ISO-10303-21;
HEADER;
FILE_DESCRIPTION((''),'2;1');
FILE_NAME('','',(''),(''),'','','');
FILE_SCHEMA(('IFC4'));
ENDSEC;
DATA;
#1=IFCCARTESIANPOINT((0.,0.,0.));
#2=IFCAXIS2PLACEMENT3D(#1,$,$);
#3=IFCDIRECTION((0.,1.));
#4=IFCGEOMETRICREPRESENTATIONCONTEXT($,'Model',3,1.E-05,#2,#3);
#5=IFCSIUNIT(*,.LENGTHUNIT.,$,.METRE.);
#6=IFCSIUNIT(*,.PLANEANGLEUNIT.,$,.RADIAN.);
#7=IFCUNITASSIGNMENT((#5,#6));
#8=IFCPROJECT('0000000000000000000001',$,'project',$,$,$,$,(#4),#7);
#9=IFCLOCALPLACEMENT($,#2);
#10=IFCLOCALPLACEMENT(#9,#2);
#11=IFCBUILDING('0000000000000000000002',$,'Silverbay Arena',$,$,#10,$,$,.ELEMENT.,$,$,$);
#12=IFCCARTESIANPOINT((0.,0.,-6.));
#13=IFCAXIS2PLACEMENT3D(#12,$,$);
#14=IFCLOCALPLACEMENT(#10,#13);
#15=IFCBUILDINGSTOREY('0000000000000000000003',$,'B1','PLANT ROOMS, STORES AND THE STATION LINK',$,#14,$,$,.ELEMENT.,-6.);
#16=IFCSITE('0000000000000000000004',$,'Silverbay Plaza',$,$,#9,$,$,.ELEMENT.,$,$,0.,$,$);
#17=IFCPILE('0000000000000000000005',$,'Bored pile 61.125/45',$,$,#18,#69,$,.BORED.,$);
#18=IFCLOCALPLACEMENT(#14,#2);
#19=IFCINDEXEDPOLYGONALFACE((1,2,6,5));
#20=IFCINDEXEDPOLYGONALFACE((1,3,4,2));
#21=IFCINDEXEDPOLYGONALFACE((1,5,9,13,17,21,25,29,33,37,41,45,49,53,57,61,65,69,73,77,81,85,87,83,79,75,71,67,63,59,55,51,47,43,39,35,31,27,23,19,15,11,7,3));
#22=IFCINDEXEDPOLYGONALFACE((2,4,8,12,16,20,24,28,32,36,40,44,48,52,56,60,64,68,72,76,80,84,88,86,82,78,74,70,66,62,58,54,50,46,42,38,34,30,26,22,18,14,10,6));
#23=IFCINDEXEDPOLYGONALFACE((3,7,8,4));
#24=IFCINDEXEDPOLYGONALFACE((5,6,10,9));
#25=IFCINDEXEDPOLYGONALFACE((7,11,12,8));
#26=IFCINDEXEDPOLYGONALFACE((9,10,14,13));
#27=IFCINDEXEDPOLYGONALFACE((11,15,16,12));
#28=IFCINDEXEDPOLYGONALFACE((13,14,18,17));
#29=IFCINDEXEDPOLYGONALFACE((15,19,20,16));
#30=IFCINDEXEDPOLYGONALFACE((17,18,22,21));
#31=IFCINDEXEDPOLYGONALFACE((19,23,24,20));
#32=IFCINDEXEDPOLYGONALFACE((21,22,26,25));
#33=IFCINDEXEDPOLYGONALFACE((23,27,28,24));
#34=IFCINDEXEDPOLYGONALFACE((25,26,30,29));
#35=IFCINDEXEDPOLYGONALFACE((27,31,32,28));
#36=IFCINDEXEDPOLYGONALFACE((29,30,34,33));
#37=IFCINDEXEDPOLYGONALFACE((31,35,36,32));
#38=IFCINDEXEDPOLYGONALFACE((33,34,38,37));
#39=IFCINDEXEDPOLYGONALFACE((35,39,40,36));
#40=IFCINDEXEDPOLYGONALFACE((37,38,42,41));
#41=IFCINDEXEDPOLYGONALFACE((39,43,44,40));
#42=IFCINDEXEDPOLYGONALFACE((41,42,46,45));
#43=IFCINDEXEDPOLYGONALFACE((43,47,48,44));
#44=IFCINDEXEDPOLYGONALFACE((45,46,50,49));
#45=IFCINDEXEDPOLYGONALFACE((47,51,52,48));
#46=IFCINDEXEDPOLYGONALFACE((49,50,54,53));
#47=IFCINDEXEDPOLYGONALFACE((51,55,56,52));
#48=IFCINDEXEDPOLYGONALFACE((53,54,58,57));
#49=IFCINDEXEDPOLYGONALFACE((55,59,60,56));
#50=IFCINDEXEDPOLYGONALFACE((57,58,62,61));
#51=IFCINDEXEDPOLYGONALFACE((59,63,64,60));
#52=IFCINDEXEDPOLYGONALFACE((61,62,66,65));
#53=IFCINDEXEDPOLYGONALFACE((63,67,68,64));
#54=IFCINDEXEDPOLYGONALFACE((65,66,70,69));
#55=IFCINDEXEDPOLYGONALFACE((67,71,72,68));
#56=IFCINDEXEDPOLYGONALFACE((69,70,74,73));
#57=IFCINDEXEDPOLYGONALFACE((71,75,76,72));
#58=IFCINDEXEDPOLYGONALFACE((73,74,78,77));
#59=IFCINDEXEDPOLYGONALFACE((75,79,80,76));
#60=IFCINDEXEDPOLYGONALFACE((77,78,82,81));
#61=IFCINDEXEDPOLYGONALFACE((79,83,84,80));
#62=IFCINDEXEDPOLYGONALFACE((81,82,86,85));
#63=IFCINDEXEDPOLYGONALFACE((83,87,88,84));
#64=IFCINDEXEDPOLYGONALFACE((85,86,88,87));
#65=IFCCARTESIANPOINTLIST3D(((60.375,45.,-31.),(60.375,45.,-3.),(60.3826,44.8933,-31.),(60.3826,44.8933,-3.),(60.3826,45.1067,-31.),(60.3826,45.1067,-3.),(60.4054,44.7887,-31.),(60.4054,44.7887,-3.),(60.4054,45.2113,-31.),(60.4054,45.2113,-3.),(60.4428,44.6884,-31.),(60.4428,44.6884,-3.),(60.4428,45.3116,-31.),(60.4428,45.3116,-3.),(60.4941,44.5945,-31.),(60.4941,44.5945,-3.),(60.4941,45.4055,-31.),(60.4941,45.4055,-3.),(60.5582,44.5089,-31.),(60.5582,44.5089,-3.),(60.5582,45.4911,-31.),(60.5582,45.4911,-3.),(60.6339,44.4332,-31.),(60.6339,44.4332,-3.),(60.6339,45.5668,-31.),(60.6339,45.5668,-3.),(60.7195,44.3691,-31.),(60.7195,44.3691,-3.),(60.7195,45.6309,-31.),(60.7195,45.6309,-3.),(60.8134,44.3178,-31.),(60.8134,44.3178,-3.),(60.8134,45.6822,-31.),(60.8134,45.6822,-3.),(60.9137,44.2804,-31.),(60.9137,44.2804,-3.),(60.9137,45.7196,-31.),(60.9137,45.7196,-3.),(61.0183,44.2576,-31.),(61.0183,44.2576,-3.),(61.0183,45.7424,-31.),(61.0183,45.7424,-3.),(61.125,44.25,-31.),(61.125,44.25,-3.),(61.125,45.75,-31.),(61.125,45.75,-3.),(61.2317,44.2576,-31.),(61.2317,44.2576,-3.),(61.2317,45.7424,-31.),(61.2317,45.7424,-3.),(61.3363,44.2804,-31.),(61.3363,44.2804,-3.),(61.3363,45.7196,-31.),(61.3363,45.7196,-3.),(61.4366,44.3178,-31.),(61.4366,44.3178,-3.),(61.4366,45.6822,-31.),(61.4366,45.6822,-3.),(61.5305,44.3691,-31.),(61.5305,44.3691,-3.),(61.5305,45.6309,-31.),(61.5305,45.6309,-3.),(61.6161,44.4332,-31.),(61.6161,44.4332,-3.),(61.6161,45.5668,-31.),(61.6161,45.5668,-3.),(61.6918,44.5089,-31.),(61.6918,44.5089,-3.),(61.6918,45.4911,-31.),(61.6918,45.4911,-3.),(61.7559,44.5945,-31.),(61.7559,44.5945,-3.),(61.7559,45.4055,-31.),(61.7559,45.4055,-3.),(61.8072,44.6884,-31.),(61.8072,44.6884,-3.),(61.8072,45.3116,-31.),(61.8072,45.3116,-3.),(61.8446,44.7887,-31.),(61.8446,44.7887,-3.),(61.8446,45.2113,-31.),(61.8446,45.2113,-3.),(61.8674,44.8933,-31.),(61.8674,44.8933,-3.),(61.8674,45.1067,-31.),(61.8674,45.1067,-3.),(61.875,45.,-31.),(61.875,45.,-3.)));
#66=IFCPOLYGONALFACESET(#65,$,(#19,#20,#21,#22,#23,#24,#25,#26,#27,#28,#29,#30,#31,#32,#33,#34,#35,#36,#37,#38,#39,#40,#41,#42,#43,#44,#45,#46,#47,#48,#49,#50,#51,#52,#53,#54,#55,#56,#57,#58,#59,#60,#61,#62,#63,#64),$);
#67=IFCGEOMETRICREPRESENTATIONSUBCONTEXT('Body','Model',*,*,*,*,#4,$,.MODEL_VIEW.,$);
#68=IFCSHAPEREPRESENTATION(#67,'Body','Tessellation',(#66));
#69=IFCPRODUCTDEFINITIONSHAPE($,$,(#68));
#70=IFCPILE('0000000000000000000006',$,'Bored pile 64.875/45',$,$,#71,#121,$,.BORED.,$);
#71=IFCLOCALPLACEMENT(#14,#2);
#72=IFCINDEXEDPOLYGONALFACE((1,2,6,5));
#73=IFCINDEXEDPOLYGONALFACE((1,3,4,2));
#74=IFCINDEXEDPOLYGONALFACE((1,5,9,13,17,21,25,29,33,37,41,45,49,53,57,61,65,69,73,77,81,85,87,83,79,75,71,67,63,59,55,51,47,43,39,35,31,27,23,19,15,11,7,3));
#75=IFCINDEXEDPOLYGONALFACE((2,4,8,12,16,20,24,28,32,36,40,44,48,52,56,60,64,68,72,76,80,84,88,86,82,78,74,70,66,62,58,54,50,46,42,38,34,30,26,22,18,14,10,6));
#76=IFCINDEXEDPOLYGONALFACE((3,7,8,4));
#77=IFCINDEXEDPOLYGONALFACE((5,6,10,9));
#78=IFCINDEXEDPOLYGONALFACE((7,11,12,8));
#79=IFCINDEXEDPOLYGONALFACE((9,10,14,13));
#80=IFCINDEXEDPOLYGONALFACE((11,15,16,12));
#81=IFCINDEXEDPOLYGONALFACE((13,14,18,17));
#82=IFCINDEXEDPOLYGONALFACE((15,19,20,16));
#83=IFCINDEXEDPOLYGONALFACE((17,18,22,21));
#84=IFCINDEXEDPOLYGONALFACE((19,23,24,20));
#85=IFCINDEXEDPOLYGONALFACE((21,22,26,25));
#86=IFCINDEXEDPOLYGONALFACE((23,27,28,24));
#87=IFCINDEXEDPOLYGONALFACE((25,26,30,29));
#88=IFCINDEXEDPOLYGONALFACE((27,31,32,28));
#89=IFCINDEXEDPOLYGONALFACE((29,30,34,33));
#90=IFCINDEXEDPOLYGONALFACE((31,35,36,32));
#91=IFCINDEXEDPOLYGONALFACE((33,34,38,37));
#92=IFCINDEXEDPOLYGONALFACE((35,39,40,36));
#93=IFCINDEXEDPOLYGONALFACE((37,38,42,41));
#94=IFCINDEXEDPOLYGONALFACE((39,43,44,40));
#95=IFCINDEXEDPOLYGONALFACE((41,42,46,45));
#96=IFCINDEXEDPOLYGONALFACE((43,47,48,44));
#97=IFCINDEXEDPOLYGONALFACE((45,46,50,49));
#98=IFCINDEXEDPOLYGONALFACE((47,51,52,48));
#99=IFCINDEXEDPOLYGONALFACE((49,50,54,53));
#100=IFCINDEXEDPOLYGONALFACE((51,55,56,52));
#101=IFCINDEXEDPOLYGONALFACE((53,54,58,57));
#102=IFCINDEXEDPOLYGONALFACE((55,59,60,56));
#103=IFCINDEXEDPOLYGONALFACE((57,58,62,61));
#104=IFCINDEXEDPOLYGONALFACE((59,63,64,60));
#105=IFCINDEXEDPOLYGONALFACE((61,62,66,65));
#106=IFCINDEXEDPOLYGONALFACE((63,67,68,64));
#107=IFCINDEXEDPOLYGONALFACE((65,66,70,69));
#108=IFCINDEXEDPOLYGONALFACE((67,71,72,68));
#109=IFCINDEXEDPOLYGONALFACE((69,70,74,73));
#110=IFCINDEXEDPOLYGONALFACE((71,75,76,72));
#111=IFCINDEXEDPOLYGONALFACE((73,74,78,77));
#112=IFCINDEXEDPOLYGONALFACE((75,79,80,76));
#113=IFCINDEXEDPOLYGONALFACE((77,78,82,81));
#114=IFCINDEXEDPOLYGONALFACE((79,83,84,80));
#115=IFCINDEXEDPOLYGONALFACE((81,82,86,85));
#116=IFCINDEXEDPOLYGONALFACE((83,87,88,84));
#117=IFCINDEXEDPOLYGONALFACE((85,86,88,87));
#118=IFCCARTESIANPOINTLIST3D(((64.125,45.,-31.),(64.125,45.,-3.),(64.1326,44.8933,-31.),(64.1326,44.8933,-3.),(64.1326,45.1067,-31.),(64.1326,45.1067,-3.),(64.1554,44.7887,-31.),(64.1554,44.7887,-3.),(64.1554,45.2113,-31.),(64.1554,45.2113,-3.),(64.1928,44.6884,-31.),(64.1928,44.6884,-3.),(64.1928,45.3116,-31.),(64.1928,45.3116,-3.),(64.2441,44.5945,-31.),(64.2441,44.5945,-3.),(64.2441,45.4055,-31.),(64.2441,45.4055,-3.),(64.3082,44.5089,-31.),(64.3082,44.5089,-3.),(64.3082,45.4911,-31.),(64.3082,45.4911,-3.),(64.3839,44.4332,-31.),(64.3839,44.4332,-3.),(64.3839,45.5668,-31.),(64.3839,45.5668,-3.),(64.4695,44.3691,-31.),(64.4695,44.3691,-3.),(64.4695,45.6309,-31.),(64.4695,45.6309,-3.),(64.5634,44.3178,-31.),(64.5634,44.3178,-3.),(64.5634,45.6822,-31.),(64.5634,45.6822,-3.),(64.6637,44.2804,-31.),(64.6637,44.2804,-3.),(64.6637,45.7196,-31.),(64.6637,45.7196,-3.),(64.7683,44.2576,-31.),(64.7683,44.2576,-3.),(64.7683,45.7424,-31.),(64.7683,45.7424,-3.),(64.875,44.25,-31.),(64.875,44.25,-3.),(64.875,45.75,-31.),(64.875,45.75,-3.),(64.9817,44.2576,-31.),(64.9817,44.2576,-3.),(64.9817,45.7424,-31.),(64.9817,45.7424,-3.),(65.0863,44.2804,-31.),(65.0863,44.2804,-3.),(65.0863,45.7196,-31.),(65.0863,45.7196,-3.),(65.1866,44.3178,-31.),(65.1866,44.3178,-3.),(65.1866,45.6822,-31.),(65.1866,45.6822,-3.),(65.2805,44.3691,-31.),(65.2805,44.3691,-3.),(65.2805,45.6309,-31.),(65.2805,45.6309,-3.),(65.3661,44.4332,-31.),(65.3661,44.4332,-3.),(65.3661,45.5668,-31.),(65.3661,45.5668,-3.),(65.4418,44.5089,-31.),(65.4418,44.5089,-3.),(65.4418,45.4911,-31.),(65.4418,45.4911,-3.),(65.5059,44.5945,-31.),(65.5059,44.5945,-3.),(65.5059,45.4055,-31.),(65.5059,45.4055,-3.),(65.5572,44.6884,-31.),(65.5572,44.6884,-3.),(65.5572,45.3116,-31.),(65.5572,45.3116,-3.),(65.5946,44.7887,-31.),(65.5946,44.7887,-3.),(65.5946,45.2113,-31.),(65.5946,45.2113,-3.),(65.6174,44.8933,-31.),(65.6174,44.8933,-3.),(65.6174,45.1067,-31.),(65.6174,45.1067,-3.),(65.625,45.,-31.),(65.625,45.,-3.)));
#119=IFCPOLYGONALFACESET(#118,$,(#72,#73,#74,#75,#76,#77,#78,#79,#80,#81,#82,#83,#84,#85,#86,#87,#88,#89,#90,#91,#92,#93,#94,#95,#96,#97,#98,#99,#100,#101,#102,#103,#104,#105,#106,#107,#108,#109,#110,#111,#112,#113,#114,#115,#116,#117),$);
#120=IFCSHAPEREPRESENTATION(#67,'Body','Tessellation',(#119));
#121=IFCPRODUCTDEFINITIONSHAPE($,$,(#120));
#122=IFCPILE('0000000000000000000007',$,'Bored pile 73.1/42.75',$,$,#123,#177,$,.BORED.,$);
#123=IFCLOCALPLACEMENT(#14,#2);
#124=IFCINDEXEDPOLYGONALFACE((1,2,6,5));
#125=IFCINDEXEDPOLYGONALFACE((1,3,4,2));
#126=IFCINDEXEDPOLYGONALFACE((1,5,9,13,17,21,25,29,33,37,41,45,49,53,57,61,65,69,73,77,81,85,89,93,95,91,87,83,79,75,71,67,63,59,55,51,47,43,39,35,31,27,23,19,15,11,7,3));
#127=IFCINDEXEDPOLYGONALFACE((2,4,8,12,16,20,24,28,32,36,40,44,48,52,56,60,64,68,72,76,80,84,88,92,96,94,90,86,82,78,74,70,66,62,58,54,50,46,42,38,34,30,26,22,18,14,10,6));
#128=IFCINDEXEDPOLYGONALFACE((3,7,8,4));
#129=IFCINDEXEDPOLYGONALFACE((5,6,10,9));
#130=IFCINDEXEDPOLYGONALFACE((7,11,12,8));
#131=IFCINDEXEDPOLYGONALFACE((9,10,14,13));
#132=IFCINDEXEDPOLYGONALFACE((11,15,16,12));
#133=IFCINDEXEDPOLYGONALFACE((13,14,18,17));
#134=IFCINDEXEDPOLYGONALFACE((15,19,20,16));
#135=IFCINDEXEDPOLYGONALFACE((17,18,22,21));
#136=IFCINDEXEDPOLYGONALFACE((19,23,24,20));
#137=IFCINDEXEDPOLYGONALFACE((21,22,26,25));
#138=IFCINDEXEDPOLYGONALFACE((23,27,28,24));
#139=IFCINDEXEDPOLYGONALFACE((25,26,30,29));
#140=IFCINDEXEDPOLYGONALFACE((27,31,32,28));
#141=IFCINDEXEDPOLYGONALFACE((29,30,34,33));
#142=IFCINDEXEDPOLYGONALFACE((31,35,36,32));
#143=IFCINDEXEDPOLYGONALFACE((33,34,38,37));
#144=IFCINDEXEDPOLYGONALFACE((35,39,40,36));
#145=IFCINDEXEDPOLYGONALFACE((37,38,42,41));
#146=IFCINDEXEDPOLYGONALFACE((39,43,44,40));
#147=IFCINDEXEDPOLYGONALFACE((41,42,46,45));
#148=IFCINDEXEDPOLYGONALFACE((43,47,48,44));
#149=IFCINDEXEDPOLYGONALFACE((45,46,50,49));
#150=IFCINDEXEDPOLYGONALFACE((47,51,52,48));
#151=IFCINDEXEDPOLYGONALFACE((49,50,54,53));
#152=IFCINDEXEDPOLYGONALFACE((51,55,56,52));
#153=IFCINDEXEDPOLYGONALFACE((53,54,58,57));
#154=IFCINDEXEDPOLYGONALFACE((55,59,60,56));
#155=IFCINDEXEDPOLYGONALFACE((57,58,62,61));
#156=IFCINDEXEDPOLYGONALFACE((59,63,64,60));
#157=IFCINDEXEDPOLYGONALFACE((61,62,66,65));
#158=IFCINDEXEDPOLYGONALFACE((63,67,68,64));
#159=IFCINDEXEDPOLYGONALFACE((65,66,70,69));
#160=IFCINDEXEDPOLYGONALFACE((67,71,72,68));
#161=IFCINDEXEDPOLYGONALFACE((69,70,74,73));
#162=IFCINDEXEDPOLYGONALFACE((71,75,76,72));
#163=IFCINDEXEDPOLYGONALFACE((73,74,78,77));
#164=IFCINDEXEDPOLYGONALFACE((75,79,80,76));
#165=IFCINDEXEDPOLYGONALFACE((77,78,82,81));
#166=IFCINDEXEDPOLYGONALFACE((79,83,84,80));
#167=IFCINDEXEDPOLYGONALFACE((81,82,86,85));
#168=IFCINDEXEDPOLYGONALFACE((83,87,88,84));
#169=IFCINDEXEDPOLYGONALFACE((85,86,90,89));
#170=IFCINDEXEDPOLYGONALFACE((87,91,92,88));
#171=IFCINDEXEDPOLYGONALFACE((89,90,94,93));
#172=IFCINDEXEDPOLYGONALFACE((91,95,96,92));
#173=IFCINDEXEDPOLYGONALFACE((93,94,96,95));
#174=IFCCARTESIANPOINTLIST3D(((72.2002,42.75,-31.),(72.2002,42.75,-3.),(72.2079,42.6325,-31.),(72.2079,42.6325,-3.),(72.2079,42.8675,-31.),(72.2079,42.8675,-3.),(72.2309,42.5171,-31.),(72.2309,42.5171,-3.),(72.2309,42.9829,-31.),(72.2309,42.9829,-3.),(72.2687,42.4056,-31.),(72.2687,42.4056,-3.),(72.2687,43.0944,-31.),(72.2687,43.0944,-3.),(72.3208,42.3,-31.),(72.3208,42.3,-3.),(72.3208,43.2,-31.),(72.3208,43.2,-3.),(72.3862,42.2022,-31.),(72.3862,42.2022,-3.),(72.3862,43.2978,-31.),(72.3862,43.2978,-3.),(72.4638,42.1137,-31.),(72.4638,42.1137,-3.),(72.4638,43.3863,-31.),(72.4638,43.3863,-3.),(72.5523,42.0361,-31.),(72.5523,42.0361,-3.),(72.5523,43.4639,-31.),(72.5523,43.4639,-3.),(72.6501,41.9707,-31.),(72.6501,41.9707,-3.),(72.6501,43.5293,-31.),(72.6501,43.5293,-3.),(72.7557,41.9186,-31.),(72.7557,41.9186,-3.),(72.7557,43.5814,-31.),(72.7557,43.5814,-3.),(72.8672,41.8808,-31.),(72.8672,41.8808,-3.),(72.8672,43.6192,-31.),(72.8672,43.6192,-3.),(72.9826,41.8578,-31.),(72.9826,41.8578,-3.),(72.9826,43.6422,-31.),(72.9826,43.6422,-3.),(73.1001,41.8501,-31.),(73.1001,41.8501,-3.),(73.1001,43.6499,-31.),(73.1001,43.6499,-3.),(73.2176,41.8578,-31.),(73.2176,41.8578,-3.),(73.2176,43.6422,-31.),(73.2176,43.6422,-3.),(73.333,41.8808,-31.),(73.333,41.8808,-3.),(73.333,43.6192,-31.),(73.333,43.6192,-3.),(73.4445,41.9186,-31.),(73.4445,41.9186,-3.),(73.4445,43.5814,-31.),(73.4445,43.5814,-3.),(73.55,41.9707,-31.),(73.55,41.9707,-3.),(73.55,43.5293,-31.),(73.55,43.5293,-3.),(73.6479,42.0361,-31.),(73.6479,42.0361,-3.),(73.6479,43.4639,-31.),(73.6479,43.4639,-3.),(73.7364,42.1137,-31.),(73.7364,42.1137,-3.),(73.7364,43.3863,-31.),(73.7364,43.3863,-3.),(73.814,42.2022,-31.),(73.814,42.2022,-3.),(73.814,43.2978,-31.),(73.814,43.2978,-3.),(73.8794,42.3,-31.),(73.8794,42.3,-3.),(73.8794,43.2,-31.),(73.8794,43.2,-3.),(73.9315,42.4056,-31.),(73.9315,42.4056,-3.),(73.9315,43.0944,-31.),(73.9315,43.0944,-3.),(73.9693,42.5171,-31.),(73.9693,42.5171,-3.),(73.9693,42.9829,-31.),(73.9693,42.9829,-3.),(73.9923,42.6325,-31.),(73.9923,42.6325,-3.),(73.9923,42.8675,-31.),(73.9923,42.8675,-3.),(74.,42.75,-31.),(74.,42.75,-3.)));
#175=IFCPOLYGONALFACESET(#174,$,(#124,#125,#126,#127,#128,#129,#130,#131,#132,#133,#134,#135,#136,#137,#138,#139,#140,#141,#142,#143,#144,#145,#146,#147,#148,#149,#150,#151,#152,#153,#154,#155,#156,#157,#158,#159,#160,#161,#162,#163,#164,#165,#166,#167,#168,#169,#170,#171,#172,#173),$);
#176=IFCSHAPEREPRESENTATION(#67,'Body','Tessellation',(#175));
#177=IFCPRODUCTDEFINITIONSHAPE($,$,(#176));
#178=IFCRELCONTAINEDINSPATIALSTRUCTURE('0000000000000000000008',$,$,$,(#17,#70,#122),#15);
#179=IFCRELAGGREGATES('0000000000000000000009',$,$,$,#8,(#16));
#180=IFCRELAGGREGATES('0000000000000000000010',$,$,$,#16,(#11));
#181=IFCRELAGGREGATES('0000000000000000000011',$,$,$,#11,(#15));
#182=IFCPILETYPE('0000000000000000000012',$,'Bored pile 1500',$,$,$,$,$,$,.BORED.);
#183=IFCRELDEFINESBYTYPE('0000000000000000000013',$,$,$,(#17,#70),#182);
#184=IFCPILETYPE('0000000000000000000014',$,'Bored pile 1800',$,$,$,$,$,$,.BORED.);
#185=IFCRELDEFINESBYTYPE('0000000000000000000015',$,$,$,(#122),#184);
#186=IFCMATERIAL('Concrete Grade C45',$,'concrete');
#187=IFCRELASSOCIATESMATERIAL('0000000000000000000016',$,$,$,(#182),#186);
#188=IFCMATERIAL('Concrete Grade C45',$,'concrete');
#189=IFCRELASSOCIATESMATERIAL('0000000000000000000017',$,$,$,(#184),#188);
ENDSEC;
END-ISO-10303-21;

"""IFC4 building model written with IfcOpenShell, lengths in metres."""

from ifc_helpers import new_model, si_unit, direction, frame, origin, origin_2d, place, context, subcontext, project, spatial, circle, extrude, material, material_profile, profile_set, type_object, element, save


model = new_model("IFC4")

# Units and contexts
model_context = context("Model", 3, precision=1e-05, world=origin(), true_north=direction((0.0, 1.0)))
body_context = subcontext(model_context, "Body", "Model", "MODEL_VIEW")
ifc_project = project(units=[si_unit("LENGTHUNIT", "METRE"), si_unit("PLANEANGLEUNIT", "RADIAN")], contexts=[model_context])

# Site, building, storey
site_placement = place(None, origin())
site = spatial("IfcSite", under=ifc_project, at=site_placement, Name="Silverbay Plaza", CompositionType="ELEMENT", RefElevation=0.0)
building_placement = place(site_placement, origin())
building = spatial("IfcBuilding", under=site, at=building_placement, Name="Silverbay Arena", CompositionType="ELEMENT")
storey_placement = place(building_placement, frame((0.0, 0.0, -6.0)))
storey = spatial("IfcBuildingStorey", under=building, at=storey_placement, Name="B1", Description="PLANT ROOMS, STORES AND THE STATION LINK", CompositionType="ELEMENT", Elevation=-6.0)

# Piles
ifc_material_1 = material(Name="Concrete Grade C45", Category="concrete")
ifc_material_profile_1 = material_profile(ifc_material_1, circle(Radius=0.75, at=origin_2d()), Name="Bored pile 1500")
ifc_profile_set_1 = profile_set([ifc_material_profile_1], Name="Concrete Grade C45")
pile_type_1 = type_object("IfcPileType", Name="Bored pile 1500", PredefinedType="BORED", material=ifc_profile_set_1)
for number, where, z_axis, x_axis, name in (
    (1, (61.125, 45.0, -3.0), (0.0, 0.0, -1.0), (1.0, 0.0, 0.0), "Bored pile 61.125/45"),
    (2, (64.875, 45.0, -3.0), (0.0, 0.0, -1.0), (1.0, 0.0, 0.0), "Bored pile 64.875/45"),
):
    element("IfcPile", number, at=place(storey_placement, frame(where, z_axis=z_axis, x_axis=x_axis)), inside=storey, type_object=pile_type_1, Name=name, PredefinedType="BORED", context=body_context, shape_type="SweptSolid", body=[
        extrude(circle(Radius=0.75, at=origin_2d()), origin(), (0.0, 0.0, 1.0), 28.0),
    ])
ifc_material_2 = material(Name="Concrete Grade C45", Category="concrete")
ifc_material_profile_2 = material_profile(ifc_material_2, circle(Radius=0.8999, at=origin_2d()), Name="Bored pile 1800")
ifc_profile_set_2 = profile_set([ifc_material_profile_2], Name="Concrete Grade C45")
pile_type_2 = type_object("IfcPileType", Name="Bored pile 1800", PredefinedType="BORED", material=ifc_profile_set_2)
for number, where, z_axis, x_axis, name in (
    (3, (73.1001, 42.75, -3.0), (0.0, 0.0, -1.0), (1.0, 0.0, 0.0), "Bored pile 73.1/42.75"),
):
    element("IfcPile", number, at=place(storey_placement, frame(where, z_axis=z_axis, x_axis=x_axis)), inside=storey, type_object=pile_type_2, Name=name, PredefinedType="BORED", context=body_context, shape_type="SweptSolid", body=[
        extrude(circle(Radius=0.8999, at=origin_2d()), origin(), (0.0, 0.0, 1.0), 28.0),
    ])

save(model, "model.ifc")
